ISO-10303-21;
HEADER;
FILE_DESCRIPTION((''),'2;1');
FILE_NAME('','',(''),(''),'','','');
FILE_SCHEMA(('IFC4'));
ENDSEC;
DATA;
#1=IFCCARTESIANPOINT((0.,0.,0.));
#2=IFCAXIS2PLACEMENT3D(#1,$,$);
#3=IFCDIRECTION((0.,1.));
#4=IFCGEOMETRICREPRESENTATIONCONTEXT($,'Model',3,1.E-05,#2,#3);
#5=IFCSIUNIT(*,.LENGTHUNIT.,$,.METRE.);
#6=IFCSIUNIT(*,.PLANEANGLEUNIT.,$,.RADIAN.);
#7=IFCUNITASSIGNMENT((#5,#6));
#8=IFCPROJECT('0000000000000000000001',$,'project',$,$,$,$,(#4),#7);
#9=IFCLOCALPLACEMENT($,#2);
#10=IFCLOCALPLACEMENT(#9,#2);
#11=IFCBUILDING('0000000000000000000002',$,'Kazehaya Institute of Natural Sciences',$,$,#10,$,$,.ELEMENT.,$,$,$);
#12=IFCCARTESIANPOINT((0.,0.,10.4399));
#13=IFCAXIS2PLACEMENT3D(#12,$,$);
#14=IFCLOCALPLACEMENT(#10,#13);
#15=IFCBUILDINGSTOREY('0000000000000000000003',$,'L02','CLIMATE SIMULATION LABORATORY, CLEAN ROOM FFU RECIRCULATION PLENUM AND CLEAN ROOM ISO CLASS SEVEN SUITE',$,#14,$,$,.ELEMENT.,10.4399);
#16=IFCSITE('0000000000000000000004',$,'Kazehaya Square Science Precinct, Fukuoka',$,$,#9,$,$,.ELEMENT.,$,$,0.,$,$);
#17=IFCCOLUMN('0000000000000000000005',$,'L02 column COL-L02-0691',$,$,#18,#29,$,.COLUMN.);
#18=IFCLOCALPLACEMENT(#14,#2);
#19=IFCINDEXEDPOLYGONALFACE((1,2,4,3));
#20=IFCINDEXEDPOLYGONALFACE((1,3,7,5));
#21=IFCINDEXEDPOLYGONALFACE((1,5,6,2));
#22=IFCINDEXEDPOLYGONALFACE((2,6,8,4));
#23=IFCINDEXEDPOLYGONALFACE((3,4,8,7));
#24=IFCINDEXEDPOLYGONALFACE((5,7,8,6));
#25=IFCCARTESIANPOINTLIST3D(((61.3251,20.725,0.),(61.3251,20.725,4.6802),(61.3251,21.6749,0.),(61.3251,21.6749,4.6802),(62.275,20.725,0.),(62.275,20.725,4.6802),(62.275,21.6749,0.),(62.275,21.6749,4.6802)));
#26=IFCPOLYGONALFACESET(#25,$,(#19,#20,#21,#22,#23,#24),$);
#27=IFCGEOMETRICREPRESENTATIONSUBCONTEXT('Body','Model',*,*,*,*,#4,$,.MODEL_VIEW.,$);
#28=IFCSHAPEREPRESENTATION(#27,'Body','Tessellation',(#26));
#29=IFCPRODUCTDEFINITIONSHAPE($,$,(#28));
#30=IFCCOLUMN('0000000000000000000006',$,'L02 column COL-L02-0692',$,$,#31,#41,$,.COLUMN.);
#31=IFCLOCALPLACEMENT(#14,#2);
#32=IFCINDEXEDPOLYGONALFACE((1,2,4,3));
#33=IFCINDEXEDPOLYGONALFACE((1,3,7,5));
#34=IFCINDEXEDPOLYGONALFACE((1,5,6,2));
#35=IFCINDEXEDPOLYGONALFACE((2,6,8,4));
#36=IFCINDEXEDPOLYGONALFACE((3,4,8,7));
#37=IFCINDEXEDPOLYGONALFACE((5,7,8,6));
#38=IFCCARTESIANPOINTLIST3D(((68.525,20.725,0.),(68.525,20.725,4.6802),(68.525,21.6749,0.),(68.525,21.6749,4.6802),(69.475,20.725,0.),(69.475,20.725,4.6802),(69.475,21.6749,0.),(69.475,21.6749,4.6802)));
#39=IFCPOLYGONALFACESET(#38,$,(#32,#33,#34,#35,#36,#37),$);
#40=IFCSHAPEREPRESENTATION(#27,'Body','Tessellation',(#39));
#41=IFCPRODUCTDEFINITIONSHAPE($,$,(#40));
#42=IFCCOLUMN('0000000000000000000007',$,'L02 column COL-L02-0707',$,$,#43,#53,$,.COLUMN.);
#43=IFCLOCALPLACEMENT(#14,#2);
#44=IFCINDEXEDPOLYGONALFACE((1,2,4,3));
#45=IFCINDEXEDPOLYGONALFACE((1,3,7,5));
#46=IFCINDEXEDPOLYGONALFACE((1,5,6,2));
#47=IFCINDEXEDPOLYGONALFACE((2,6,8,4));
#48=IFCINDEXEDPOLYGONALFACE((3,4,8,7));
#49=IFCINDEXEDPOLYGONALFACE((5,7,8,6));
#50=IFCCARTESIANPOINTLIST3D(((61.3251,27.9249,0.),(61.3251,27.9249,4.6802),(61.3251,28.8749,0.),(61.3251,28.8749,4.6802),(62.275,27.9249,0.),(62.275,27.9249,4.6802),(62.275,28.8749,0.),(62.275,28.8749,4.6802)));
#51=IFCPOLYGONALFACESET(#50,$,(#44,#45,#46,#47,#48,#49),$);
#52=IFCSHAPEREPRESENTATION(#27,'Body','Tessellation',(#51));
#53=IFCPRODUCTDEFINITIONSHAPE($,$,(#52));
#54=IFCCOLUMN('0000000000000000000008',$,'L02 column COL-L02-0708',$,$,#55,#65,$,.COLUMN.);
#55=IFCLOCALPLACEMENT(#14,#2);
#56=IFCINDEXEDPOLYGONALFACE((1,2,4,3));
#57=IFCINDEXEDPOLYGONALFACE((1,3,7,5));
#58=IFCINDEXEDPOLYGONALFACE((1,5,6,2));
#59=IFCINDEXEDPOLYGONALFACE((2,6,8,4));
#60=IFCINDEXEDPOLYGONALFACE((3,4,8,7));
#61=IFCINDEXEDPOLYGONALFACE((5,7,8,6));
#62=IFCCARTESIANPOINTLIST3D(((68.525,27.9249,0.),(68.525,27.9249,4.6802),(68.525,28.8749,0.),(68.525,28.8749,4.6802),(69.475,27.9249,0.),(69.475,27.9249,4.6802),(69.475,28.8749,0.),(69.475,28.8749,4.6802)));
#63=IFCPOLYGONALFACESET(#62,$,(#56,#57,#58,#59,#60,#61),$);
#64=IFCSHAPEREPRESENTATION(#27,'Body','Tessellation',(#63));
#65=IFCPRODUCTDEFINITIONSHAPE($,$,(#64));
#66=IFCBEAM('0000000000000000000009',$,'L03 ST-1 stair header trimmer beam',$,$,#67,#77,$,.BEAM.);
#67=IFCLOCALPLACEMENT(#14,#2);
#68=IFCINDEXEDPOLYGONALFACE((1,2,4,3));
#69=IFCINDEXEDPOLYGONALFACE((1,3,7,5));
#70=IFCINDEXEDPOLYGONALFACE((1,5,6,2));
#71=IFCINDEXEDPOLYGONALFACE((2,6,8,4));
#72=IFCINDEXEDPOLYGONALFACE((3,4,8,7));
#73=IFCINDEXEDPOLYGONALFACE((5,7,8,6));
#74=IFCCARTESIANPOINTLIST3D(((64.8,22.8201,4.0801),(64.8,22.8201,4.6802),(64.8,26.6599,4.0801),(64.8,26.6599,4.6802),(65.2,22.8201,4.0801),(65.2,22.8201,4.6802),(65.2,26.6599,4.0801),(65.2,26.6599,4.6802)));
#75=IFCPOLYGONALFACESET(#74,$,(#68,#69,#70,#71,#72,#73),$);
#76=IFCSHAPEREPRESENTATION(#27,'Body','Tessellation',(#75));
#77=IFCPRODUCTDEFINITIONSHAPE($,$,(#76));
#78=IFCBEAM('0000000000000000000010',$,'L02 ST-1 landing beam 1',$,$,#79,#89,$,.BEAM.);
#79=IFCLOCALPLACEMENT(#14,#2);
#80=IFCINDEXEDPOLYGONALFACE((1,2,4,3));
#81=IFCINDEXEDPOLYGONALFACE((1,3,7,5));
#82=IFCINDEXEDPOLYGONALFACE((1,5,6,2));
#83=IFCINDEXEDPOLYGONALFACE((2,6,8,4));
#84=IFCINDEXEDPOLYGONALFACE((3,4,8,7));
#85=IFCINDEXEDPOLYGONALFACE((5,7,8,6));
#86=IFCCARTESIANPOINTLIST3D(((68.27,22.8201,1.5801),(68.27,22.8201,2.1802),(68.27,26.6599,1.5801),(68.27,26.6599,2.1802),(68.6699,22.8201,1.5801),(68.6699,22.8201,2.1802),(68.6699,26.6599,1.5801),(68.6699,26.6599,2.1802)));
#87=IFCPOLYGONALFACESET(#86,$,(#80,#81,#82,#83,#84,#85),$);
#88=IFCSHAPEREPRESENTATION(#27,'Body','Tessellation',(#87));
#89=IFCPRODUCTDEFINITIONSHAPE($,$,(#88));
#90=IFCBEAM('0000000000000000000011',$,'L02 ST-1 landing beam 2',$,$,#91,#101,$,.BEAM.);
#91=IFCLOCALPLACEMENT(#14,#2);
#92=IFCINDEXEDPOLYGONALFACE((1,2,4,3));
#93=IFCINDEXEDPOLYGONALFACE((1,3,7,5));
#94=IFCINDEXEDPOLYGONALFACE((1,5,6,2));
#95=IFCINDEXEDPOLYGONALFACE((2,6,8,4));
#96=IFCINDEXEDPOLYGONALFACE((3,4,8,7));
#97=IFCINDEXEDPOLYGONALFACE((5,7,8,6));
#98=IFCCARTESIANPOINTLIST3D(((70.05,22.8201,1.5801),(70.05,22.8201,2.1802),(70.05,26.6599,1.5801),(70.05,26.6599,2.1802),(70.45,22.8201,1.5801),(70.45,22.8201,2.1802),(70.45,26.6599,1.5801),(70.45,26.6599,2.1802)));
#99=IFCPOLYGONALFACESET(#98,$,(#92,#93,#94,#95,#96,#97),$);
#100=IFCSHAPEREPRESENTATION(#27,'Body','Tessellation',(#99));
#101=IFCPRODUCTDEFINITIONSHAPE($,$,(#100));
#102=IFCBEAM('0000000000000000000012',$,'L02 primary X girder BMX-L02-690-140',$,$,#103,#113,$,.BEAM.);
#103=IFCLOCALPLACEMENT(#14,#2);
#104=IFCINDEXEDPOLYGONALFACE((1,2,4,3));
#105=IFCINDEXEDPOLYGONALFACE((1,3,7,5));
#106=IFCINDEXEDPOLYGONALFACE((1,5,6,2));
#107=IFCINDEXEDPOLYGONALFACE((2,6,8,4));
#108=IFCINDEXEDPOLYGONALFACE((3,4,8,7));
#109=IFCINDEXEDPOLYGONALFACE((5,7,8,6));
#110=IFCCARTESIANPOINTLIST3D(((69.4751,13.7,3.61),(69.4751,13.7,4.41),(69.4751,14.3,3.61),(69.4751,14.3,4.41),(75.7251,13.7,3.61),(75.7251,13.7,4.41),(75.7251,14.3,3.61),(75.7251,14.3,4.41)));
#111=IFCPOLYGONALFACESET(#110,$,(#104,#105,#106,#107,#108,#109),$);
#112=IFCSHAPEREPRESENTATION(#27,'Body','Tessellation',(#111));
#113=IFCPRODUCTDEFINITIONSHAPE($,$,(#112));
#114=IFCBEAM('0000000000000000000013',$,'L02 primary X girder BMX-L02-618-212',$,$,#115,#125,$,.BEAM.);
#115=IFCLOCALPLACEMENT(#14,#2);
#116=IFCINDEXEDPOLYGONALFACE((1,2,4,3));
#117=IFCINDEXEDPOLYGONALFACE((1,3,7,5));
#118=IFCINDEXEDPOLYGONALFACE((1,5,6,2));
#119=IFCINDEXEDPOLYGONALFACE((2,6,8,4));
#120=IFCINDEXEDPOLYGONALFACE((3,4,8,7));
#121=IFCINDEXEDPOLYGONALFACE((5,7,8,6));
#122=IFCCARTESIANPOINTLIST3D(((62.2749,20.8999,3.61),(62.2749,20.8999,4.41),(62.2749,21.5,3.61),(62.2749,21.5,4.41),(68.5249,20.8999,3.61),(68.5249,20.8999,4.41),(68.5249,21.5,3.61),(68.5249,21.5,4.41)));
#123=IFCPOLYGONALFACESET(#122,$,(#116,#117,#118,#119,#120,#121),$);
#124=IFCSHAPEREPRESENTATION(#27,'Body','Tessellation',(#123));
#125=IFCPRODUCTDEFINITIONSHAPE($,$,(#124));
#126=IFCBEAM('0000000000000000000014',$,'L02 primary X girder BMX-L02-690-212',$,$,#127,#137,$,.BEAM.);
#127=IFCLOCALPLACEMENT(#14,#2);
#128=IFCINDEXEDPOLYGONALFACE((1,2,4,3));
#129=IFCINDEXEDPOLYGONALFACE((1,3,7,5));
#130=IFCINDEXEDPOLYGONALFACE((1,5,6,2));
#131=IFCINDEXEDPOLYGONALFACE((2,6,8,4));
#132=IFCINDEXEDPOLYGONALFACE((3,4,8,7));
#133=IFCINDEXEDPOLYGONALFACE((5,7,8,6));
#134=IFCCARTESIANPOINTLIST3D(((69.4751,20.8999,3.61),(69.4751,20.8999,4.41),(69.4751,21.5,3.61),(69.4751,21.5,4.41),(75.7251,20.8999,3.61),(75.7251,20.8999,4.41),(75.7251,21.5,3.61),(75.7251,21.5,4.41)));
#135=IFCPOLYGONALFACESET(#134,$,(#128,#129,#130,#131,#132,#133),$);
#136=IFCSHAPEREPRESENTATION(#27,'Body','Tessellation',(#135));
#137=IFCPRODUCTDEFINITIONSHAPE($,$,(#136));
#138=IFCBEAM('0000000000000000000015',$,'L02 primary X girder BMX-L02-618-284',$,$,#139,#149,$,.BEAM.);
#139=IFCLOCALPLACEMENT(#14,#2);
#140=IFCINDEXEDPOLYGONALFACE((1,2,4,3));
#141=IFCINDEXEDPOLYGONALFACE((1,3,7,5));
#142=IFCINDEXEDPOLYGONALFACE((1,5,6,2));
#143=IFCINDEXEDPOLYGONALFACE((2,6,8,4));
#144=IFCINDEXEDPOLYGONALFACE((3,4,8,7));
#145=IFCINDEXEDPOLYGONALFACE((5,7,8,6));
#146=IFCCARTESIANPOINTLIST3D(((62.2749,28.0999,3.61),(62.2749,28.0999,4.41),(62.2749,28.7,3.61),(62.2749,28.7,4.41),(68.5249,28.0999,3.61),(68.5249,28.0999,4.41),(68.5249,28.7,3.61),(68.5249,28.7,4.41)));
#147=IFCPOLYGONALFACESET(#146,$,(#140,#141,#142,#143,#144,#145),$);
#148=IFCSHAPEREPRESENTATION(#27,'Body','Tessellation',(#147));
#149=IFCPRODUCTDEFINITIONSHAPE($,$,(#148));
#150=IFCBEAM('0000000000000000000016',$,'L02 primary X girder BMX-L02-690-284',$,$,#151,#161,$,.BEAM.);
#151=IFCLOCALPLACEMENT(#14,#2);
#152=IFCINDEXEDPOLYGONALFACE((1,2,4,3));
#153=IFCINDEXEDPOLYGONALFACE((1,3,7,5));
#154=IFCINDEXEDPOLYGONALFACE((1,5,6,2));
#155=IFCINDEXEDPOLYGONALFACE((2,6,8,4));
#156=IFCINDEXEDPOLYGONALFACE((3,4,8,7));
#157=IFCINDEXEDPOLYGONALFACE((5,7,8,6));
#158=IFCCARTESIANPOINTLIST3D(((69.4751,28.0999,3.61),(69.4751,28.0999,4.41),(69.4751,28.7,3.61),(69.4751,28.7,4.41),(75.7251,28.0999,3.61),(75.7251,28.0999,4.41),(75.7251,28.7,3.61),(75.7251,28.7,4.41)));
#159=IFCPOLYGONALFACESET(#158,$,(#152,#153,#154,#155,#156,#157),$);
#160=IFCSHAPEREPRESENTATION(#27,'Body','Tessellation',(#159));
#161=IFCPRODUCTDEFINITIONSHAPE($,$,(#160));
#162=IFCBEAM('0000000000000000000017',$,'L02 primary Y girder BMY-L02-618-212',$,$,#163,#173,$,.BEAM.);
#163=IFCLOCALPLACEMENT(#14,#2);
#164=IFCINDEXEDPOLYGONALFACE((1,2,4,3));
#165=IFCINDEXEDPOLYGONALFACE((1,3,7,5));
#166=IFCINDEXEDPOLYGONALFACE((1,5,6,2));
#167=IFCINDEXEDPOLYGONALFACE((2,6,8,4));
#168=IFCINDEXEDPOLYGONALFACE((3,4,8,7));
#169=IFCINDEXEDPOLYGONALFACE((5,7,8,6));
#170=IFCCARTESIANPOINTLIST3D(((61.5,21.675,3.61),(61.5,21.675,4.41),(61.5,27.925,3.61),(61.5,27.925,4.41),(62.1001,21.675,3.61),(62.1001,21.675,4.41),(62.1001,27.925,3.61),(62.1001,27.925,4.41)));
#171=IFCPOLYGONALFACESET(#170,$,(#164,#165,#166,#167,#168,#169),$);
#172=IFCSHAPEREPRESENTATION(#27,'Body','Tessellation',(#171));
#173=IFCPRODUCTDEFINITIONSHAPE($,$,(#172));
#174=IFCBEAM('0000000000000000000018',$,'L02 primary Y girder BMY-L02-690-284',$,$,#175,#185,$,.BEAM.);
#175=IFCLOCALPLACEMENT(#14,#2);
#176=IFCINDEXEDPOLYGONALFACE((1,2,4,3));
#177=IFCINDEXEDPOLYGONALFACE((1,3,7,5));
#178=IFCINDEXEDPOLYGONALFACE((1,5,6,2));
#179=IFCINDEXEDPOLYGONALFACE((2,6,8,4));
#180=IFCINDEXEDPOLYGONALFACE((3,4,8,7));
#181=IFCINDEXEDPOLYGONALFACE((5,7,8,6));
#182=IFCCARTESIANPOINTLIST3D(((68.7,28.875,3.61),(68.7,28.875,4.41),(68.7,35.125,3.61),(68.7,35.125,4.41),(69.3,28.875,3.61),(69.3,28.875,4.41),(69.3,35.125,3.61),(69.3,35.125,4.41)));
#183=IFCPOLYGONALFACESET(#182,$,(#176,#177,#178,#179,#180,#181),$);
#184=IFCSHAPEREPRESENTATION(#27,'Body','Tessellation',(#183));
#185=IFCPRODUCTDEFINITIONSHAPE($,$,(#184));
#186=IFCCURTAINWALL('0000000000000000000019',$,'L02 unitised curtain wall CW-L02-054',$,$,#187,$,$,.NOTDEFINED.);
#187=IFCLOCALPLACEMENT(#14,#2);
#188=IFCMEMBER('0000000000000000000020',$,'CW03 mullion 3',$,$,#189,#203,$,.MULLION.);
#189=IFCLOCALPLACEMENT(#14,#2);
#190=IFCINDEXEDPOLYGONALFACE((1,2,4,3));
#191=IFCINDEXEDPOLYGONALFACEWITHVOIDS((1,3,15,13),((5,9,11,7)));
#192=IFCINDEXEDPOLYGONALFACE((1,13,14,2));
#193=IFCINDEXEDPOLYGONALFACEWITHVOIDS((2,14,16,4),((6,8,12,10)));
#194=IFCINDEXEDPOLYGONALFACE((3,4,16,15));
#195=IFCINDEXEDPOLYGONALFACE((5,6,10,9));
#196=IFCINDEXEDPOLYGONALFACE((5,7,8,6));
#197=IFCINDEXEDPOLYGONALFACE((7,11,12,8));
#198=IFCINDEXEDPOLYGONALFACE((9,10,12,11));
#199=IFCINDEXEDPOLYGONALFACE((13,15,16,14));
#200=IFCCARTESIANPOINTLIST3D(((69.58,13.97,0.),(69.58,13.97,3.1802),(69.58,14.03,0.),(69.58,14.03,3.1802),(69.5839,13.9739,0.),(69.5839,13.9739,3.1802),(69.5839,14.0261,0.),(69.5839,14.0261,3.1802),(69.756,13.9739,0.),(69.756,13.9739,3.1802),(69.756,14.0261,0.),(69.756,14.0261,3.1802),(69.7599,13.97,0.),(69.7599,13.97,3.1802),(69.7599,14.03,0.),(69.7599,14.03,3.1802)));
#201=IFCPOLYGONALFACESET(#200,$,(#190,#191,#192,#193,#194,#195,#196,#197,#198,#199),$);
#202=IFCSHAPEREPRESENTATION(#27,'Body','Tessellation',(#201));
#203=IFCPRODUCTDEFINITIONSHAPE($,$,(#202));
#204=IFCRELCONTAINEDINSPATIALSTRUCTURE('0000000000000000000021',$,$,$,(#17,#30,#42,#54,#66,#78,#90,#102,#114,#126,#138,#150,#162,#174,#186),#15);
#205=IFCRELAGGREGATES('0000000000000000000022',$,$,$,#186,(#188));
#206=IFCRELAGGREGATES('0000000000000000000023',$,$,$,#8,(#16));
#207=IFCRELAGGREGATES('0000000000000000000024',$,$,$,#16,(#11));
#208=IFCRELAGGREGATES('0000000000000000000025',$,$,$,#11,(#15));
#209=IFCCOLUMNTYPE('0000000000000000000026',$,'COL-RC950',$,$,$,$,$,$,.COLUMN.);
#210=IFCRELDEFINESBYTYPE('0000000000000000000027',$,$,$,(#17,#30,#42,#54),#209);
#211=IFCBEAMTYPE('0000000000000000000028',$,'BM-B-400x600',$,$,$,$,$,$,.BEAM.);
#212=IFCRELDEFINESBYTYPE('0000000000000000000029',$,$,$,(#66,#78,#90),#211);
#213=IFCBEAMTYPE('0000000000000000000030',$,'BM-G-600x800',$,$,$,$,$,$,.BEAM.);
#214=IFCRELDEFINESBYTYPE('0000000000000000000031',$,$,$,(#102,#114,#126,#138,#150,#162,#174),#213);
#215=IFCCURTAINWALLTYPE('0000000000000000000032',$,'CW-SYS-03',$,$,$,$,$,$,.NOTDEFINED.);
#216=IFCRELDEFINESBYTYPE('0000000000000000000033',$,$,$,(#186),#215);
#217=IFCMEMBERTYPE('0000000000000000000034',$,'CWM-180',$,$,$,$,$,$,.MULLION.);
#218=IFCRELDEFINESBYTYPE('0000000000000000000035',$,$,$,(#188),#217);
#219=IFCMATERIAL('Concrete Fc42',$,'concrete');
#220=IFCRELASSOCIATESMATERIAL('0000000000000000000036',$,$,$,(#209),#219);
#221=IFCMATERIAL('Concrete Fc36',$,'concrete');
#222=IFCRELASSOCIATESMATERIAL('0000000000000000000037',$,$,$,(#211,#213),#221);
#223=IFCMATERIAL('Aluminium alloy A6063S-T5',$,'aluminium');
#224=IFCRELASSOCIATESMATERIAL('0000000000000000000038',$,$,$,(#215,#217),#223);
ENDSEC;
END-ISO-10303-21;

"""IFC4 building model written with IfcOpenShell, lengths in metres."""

from ifc_helpers import new_model, si_unit, direction, frame, origin, origin_2d, place, context, subcontext, project, spatial, rectangle, hollow_rectangle, extrude, material, material_profile, profile_set, type_object, element, aggregate, save


model = new_model("IFC4")

# Units and contexts
model_context = context("Model", 3, precision=1e-05, world=origin(), true_north=direction((0.0, 1.0)))
body_context = subcontext(model_context, "Body", "Model", "MODEL_VIEW")
ifc_project = project(units=[si_unit("LENGTHUNIT", "METRE"), si_unit("PLANEANGLEUNIT", "RADIAN")], contexts=[model_context])

# Site, building, storey
site_placement = place(None, origin())
site = spatial("IfcSite", under=ifc_project, at=site_placement, Name="Kazehaya Square Science Precinct, Fukuoka", CompositionType="ELEMENT", RefElevation=0.0)
building_placement = place(site_placement, origin())
building = spatial("IfcBuilding", under=site, at=building_placement, Name="Kazehaya Institute of Natural Sciences", CompositionType="ELEMENT")
storey_placement = place(building_placement, frame((0.0, 0.0, 10.4399)))
storey = spatial("IfcBuildingStorey", under=building, at=storey_placement, Name="L02", Description="CLIMATE SIMULATION LABORATORY, CLEAN ROOM FFU RECIRCULATION PLENUM AND CLEAN ROOM ISO CLASS SEVEN SUITE", CompositionType="ELEMENT", Elevation=10.4399)

# Columns
ifc_material_1 = material(Name="Concrete Fc42", Category="concrete")
ifc_material_profile_1 = material_profile(ifc_material_1, rectangle(XDim=0.95, YDim=0.95, at=origin_2d()), Name="RC-950x950")
ifc_profile_set_1 = profile_set([ifc_material_profile_1], Name="Concrete Fc42")
column_type = type_object("IfcColumnType", Name="COL-RC950", PredefinedType="COLUMN", material=ifc_profile_set_1)
for number, where, z_axis, x_axis, name in (
    (1, (61.8, 21.2, 0.0), (0.0, 0.0, 1.0), (1.0, 0.0, 0.0), "L02 column COL-L02-0691"),
    (2, (69.0, 21.2, 0.0), (0.0, 0.0, 1.0), (1.0, 0.0, 0.0), "L02 column COL-L02-0692"),
    (3, (61.8, 28.3999, 0.0), (0.0, 0.0, 1.0), (1.0, 0.0, 0.0), "L02 column COL-L02-0707"),
    (4, (69.0, 28.3999, 0.0), (0.0, 0.0, 1.0), (1.0, 0.0, 0.0), "L02 column COL-L02-0708"),
):
    element("IfcColumn", number, at=place(storey_placement, frame(where, z_axis=z_axis, x_axis=x_axis)), inside=storey, type_object=column_type, Name=name, PredefinedType="COLUMN", context=body_context, shape_type="SweptSolid", body=[
        extrude(rectangle(XDim=0.95, YDim=0.95, at=origin_2d()), origin(), (0.0, 0.0, 1.0), 4.6802),
    ])

# Beams
ifc_material_2 = material(Name="Concrete Fc36", Category="concrete")
ifc_material_profile_2 = material_profile(ifc_material_2, rectangle(XDim=0.3999, YDim=0.6001, at=origin_2d()), Name="RC-400x600")
ifc_profile_set_2 = profile_set([ifc_material_profile_2], Name="Concrete Fc36")
beam_type_1 = type_object("IfcBeamType", Name="BM-B-400x600", PredefinedType="BEAM", material=ifc_profile_set_2)
for number, where, z_axis, x_axis, name in (
    (5, (65.0, 22.8201, 4.3801), (0.0, 1.0, 0.0), (-1.0, 0.0, 0.0), "L03 ST-1 stair header trimmer beam"),
    (6, (68.47, 22.8201, 1.8801), (0.0, 1.0, 0.0), (-1.0, 0.0, 0.0), "L02 ST-1 landing beam 1"),
    (7, (70.25, 22.8201, 1.8801), (0.0, 1.0, 0.0), (-1.0, 0.0, 0.0), "L02 ST-1 landing beam 2"),
):
    element("IfcBeam", number, at=place(storey_placement, frame(where, z_axis=z_axis, x_axis=x_axis)), inside=storey, type_object=beam_type_1, Name=name, PredefinedType="BEAM", context=body_context, shape_type="SweptSolid", body=[
        extrude(rectangle(XDim=0.3999, YDim=0.6001, at=origin_2d()), origin(), (0.0, 0.0, 1.0), 3.8398),
    ])
ifc_material_profile_3 = material_profile(ifc_material_2, rectangle(XDim=0.6001, YDim=0.8, at=origin_2d()), Name="RC-600x800")
ifc_profile_set_3 = profile_set([ifc_material_profile_3], Name="Concrete Fc36")
beam_type_2 = type_object("IfcBeamType", Name="BM-G-600x800", PredefinedType="BEAM", material=ifc_profile_set_3)
for number, where, z_axis, x_axis, name in (
    (8, (69.4751, 14.0, 4.01), (1.0, 0.0, 0.0), (0.0, 1.0, 0.0), "L02 primary X girder BMX-L02-690-140"),
    (9, (62.2749, 21.2, 4.01), (1.0, 0.0, 0.0), (0.0, 1.0, 0.0), "L02 primary X girder BMX-L02-618-212"),
    (10, (69.4751, 21.2, 4.01), (1.0, 0.0, 0.0), (0.0, 1.0, 0.0), "L02 primary X girder BMX-L02-690-212"),
    (11, (62.2749, 28.3999, 4.01), (1.0, 0.0, 0.0), (0.0, 1.0, 0.0), "L02 primary X girder BMX-L02-618-284"),
    (12, (69.4751, 28.3999, 4.01), (1.0, 0.0, 0.0), (0.0, 1.0, 0.0), "L02 primary X girder BMX-L02-690-284"),
    (13, (61.8, 21.675, 4.01), (0.0, 1.0, 0.0), (-1.0, 0.0, 0.0), "L02 primary Y girder BMY-L02-618-212"),
    (14, (69.0, 28.875, 4.01), (0.0, 1.0, 0.0), (-1.0, 0.0, 0.0), "L02 primary Y girder BMY-L02-690-284"),
):
    element("IfcBeam", number, at=place(storey_placement, frame(where, z_axis=z_axis, x_axis=x_axis)), inside=storey, type_object=beam_type_2, Name=name, PredefinedType="BEAM", context=body_context, shape_type="SweptSolid", body=[
        extrude(rectangle(XDim=0.6001, YDim=0.8, at=origin_2d()), origin(), (0.0, 0.0, 1.0), 6.25),
    ])

# Curtain wall, member
ifc_material_3 = material(Name="Aluminium alloy A6063S-T5", Category="aluminium")
curtain_wall_type = type_object("IfcCurtainWallType", Name="CW-SYS-03", PredefinedType="NOTDEFINED", material=ifc_material_3)
curtain_wall_placement = place(storey_placement, origin())
curtain_wall = element("IfcCurtainWall", 15, at=curtain_wall_placement, inside=storey, type_object=curtain_wall_type, Name="L02 unitised curtain wall CW-L02-054", PredefinedType="NOTDEFINED")
ifc_material_profile_4 = material_profile(ifc_material_3, hollow_rectangle(XDim=0.0601, YDim=0.1799, WallThickness=0.0039, at=origin_2d()), Name="ALU-60x180x4")
ifc_profile_set_4 = profile_set([ifc_material_profile_4], Name="Aluminium alloy A6063S-T5")
member_type_1 = type_object("IfcMemberType", Name="CWM-180", PredefinedType="MULLION", material=ifc_profile_set_4)
member_1_placement = place(storey_placement, frame((69.6699, 14.0, 0.0), z_axis=(0.0, 0.0, 1.0), x_axis=(0.0, -1.0, 0.0)))
member_1 = element("IfcMember", 16, at=member_1_placement, type_object=member_type_1, Name="CW03 mullion 3", PredefinedType="MULLION", context=body_context, shape_type="SweptSolid", body=[
    extrude(hollow_rectangle(XDim=0.0601, YDim=0.1799, WallThickness=0.0039, at=origin_2d()), origin(), (0.0, 0.0, 1.0), 3.1802),
])
aggregate(curtain_wall, [member_1])

save(model, "model.ifc")
